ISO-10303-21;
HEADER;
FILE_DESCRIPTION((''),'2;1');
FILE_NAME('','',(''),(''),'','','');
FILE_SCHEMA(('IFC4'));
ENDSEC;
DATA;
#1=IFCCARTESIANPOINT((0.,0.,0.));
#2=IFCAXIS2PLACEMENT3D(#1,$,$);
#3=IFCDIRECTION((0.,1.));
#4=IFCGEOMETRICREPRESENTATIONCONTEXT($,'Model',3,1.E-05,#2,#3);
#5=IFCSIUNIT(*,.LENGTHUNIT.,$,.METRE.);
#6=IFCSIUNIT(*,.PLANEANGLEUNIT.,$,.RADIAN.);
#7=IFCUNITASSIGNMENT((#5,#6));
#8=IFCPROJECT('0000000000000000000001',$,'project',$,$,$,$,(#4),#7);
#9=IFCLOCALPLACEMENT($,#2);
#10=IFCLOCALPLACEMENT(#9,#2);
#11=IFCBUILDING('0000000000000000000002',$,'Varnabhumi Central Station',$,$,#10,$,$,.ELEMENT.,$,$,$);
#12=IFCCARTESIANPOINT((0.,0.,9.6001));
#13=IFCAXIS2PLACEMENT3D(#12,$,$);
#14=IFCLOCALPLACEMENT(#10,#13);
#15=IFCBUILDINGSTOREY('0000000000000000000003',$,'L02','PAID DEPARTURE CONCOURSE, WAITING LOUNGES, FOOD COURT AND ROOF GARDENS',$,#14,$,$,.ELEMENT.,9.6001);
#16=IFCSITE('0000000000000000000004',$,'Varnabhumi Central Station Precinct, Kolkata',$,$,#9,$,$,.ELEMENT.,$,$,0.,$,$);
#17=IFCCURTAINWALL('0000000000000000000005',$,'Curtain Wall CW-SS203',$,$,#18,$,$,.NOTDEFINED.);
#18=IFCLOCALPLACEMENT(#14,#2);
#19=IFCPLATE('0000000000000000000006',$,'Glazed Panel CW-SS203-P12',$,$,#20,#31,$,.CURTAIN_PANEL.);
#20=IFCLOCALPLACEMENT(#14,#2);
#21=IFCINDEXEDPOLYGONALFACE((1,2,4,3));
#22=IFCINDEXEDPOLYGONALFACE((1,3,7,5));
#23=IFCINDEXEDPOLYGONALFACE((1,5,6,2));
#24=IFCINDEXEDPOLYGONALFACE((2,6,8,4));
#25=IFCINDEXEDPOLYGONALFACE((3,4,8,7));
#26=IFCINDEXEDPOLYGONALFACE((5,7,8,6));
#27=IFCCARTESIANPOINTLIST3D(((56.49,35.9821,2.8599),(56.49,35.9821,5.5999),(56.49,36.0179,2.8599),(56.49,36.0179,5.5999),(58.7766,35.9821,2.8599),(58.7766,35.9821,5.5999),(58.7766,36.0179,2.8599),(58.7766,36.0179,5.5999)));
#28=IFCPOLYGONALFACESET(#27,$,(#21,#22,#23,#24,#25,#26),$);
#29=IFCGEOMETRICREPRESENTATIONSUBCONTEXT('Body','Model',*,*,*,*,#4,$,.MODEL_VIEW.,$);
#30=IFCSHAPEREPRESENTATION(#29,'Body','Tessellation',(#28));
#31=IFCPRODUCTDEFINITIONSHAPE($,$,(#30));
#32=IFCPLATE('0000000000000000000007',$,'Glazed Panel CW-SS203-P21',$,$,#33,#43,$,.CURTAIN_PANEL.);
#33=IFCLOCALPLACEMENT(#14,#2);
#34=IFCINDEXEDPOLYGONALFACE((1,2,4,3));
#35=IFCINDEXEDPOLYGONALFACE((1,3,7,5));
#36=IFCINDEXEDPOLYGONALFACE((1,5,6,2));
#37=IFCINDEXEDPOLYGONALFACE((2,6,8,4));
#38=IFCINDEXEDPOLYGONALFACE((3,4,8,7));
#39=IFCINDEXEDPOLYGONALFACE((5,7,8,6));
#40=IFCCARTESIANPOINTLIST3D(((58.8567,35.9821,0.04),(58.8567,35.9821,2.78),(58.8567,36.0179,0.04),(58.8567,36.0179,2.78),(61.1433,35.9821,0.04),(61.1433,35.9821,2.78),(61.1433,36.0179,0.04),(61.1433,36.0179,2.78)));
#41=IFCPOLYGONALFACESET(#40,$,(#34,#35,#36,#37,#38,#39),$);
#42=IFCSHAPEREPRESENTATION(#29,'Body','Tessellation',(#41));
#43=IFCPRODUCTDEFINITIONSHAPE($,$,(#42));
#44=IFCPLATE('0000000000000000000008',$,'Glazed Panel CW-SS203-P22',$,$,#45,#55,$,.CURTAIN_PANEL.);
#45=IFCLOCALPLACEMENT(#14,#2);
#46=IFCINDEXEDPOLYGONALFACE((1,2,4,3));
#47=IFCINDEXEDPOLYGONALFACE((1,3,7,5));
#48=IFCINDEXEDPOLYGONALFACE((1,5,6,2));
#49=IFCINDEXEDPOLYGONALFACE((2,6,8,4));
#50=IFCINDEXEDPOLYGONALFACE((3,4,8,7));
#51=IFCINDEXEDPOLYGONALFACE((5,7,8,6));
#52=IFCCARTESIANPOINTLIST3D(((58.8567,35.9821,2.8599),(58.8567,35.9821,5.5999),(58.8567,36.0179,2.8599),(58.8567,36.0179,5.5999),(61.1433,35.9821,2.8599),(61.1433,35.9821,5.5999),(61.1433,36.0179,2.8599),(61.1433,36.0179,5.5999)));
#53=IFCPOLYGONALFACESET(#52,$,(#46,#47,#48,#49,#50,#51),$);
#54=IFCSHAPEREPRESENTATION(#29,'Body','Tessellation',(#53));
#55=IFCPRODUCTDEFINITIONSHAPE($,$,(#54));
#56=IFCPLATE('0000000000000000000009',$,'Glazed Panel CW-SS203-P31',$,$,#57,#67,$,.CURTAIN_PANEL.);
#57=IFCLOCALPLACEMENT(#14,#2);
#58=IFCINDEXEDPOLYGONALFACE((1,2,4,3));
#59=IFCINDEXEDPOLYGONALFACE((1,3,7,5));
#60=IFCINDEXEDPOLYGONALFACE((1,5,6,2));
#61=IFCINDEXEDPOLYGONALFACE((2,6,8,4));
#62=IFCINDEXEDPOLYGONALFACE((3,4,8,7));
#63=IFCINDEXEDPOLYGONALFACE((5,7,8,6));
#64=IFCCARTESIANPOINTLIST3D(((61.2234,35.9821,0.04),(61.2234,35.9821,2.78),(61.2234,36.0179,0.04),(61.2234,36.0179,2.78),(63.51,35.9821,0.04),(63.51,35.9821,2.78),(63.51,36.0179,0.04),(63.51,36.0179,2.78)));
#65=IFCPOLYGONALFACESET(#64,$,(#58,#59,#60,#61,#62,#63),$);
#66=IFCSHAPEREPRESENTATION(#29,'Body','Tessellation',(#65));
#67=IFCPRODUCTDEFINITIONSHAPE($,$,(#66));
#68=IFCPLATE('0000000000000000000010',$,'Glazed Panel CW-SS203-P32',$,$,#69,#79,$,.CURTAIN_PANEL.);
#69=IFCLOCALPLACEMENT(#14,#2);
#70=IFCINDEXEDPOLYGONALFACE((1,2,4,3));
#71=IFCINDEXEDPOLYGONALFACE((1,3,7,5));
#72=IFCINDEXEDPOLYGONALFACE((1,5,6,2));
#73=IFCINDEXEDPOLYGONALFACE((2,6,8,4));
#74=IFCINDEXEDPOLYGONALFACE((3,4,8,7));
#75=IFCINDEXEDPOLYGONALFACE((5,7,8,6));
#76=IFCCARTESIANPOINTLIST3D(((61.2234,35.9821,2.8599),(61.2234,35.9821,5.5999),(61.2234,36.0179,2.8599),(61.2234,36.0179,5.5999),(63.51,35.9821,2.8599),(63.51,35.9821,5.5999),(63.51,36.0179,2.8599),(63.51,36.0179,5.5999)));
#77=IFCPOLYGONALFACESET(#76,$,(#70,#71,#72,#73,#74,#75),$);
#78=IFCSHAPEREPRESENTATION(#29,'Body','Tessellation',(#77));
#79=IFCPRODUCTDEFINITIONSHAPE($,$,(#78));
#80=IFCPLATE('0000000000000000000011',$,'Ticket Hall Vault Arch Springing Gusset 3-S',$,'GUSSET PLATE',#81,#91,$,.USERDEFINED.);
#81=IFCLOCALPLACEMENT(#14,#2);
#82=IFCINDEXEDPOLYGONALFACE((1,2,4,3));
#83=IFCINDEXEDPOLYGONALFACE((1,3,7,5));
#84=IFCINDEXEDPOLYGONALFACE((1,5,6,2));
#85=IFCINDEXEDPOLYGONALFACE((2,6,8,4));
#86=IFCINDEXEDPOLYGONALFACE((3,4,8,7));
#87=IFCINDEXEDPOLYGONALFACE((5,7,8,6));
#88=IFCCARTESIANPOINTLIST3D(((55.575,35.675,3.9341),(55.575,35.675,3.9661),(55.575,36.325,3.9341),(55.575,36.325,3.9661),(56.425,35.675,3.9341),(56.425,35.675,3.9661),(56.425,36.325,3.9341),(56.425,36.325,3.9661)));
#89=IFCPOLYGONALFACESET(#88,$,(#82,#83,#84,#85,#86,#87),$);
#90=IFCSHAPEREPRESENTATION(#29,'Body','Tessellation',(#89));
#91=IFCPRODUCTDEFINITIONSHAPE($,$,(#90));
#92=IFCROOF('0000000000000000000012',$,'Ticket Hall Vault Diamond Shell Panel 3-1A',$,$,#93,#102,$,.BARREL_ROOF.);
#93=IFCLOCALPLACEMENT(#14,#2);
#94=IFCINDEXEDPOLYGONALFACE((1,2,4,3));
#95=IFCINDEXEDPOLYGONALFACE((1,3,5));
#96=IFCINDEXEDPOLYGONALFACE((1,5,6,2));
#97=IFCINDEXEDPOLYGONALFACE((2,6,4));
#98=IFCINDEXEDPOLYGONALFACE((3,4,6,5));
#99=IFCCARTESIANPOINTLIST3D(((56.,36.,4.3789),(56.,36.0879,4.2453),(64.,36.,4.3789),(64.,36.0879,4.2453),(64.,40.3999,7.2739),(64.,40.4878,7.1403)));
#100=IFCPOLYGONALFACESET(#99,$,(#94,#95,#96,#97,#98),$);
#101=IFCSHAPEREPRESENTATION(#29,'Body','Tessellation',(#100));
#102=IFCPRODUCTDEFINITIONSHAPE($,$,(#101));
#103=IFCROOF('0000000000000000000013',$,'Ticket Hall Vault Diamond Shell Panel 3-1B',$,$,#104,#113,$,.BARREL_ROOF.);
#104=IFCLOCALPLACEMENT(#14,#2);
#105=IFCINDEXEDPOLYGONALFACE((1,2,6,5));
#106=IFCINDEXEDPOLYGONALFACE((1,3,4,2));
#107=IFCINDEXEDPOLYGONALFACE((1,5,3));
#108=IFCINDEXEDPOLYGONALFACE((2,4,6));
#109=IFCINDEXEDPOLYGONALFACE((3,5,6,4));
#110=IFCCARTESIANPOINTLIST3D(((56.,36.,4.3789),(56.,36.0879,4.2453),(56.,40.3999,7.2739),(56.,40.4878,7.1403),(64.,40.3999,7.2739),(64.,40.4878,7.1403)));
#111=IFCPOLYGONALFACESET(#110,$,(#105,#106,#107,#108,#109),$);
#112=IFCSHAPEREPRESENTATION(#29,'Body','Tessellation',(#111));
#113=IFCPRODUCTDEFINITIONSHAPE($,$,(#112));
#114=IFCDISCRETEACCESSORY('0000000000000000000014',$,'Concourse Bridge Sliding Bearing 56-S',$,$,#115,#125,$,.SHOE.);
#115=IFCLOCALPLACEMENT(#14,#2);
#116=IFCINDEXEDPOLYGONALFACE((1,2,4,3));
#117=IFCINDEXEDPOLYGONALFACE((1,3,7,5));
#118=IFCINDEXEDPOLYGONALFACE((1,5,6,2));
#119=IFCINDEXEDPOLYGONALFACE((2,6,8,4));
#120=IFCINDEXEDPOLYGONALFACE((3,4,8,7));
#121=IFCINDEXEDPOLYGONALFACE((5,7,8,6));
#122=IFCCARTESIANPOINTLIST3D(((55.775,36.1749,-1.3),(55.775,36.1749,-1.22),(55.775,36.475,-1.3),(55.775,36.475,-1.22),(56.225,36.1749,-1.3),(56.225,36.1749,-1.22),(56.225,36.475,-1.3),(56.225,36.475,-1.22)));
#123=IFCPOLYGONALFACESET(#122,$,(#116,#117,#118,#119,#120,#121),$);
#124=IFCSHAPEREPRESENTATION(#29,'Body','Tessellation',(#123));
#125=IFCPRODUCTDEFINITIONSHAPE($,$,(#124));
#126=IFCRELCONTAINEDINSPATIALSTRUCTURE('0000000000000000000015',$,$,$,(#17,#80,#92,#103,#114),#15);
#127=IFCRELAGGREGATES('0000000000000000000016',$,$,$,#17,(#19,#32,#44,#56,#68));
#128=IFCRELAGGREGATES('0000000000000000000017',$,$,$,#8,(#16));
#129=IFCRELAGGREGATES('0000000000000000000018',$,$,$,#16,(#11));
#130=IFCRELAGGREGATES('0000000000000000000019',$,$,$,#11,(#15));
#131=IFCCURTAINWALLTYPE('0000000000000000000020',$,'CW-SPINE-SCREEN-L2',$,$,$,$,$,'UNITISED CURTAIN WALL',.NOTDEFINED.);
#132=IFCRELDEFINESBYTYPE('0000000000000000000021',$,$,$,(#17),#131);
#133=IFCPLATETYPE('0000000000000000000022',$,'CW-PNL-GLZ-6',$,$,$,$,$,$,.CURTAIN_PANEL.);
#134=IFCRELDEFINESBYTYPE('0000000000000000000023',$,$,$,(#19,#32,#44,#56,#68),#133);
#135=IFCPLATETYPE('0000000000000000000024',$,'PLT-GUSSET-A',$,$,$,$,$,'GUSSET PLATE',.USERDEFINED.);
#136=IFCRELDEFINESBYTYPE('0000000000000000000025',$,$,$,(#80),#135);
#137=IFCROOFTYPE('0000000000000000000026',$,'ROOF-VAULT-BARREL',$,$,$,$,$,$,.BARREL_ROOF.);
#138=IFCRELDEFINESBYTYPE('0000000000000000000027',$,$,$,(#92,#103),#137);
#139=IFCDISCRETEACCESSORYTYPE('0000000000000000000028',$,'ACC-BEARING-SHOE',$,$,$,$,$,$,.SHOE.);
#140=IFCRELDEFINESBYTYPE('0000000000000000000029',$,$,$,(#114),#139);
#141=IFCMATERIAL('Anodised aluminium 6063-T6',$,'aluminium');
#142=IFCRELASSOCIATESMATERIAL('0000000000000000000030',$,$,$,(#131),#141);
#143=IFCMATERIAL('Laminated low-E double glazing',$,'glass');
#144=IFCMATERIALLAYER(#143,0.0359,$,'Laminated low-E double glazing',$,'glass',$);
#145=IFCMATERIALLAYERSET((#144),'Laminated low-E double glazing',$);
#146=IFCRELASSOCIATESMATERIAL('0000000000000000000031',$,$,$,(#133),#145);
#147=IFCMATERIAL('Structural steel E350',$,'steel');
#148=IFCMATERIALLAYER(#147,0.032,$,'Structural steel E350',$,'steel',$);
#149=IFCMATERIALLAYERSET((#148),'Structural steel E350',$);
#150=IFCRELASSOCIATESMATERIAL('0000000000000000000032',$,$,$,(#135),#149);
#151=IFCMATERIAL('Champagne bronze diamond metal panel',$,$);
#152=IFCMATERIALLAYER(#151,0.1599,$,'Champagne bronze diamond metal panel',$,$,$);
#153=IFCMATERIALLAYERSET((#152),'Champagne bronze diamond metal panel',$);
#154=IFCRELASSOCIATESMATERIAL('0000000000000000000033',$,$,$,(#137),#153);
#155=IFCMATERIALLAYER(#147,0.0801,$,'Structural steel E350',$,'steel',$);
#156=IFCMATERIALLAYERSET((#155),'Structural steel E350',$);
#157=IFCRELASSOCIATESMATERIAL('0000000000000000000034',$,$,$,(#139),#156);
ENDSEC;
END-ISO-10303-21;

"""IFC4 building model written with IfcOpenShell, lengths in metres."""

from ifc_helpers import new_model, si_unit, direction, frame, origin, origin_2d, place, context, subcontext, project, spatial, polyline, rectangle, outline, extrude, material, layer, layer_set, type_object, element, aggregate, save


model = new_model("IFC4")

# Units and contexts
model_context = context("Model", 3, precision=1e-05, world=origin(), true_north=direction((0.0, 1.0)))
body_context = subcontext(model_context, "Body", "Model", "MODEL_VIEW")
ifc_project = project(units=[si_unit("LENGTHUNIT", "METRE"), si_unit("PLANEANGLEUNIT", "RADIAN")], contexts=[model_context])

# Site, building, storey
site_placement = place(None, origin())
site = spatial("IfcSite", under=ifc_project, at=site_placement, Name="Varnabhumi Central Station Precinct, Kolkata", CompositionType="ELEMENT", RefElevation=0.0)
building_placement = place(site_placement, origin())
building = spatial("IfcBuilding", under=site, at=building_placement, Name="Varnabhumi Central Station", CompositionType="ELEMENT")
storey_placement = place(building_placement, frame((0.0, 0.0, 9.6001)))
storey = spatial("IfcBuildingStorey", under=building, at=storey_placement, Name="L02", Description="PAID DEPARTURE CONCOURSE, WAITING LOUNGES, FOOD COURT AND ROOF GARDENS", CompositionType="ELEMENT", Elevation=9.6001)

# Curtain wall
ifc_material_1 = material(Name="Anodised aluminium 6063-T6", Category="aluminium")
curtain_wall_type = type_object("IfcCurtainWallType", Name="CW-SPINE-SCREEN-L2", ElementType="UNITISED CURTAIN WALL", PredefinedType="NOTDEFINED", material=ifc_material_1)
curtain_wall_placement = place(storey_placement, origin())
curtain_wall = element("IfcCurtainWall", 1, at=curtain_wall_placement, inside=storey, type_object=curtain_wall_type, Name="Curtain Wall CW-SS203", PredefinedType="NOTDEFINED")

# Plates
ifc_material_2 = material(Name="Laminated low-E double glazing", Category="glass")
ifc_layer_1 = layer(ifc_material_2, 0.0359, Name="Laminated low-E double glazing", Category="glass")
ifc_layer_set_1 = layer_set([ifc_layer_1], Name="Laminated low-E double glazing")
plate_type_1 = type_object("IfcPlateType", Name="CW-PNL-GLZ-6", PredefinedType="CURTAIN_PANEL", material=ifc_layer_set_1)
plate_1_placement = place(storey_placement, frame((57.6333, 36.0, 2.8599), z_axis=(0.0, 0.0, 1.0), x_axis=(1.0, 0.0, 0.0)))
plate_1 = element("IfcPlate", 2, at=plate_1_placement, type_object=plate_type_1, Name="Glazed Panel CW-SS203-P12", PredefinedType="CURTAIN_PANEL", context=body_context, shape_type="SweptSolid", body=[
    extrude(rectangle(XDim=2.2866, YDim=0.0359, at=origin_2d()), origin(), (0.0, 0.0, 1.0), 2.74),
])
plate_2_placement = place(storey_placement, frame((60.0, 36.0, 0.04), z_axis=(0.0, 0.0, 1.0), x_axis=(1.0, 0.0, 0.0)))
plate_2 = element("IfcPlate", 3, at=plate_2_placement, type_object=plate_type_1, Name="Glazed Panel CW-SS203-P21", PredefinedType="CURTAIN_PANEL", context=body_context, shape_type="SweptSolid", body=[
    extrude(rectangle(XDim=2.2866, YDim=0.0359, at=origin_2d()), origin(), (0.0, 0.0, 1.0), 2.74),
])
plate_3_placement = place(storey_placement, frame((60.0, 36.0, 2.8599), z_axis=(0.0, 0.0, 1.0), x_axis=(1.0, 0.0, 0.0)))
plate_3 = element("IfcPlate", 4, at=plate_3_placement, type_object=plate_type_1, Name="Glazed Panel CW-SS203-P22", PredefinedType="CURTAIN_PANEL", context=body_context, shape_type="SweptSolid", body=[
    extrude(rectangle(XDim=2.2866, YDim=0.0359, at=origin_2d()), origin(), (0.0, 0.0, 1.0), 2.74),
])
plate_4_placement = place(storey_placement, frame((62.3667, 36.0, 0.04), z_axis=(0.0, 0.0, 1.0), x_axis=(1.0, 0.0, 0.0)))
plate_4 = element("IfcPlate", 5, at=plate_4_placement, type_object=plate_type_1, Name="Glazed Panel CW-SS203-P31", PredefinedType="CURTAIN_PANEL", context=body_context, shape_type="SweptSolid", body=[
    extrude(rectangle(XDim=2.2866, YDim=0.0359, at=origin_2d()), origin(), (0.0, 0.0, 1.0), 2.74),
])
plate_5_placement = place(storey_placement, frame((62.3667, 36.0, 2.8599), z_axis=(0.0, 0.0, 1.0), x_axis=(1.0, 0.0, 0.0)))
plate_5 = element("IfcPlate", 6, at=plate_5_placement, type_object=plate_type_1, Name="Glazed Panel CW-SS203-P32", PredefinedType="CURTAIN_PANEL", context=body_context, shape_type="SweptSolid", body=[
    extrude(rectangle(XDim=2.2866, YDim=0.0359, at=origin_2d()), origin(), (0.0, 0.0, 1.0), 2.74),
])
aggregate(curtain_wall, [plate_1, plate_2, plate_3, plate_4, plate_5])
ifc_material_3 = material(Name="Structural steel E350", Category="steel")
ifc_layer_2 = layer(ifc_material_3, 0.032, Name="Structural steel E350", Category="steel")
ifc_layer_set_2 = layer_set([ifc_layer_2], Name="Structural steel E350")
plate_type_2 = type_object("IfcPlateType", Name="PLT-GUSSET-A", ElementType="GUSSET PLATE", PredefinedType="USERDEFINED", material=ifc_layer_set_2)
plate_6_placement = place(storey_placement, frame((56.0, 36.0, 3.9341), z_axis=(0.0, 0.0, 1.0), x_axis=(1.0, 0.0, 0.0)))
element("IfcPlate", 7, at=plate_6_placement, inside=storey, type_object=plate_type_2, Name="Ticket Hall Vault Arch Springing Gusset 3-S", ObjectType="GUSSET PLATE", PredefinedType="USERDEFINED", context=body_context, shape_type="SweptSolid", body=[
    extrude(rectangle(XDim=0.8501, YDim=0.6499, at=origin_2d()), origin(), (0.0, 0.0, 1.0), 0.032),
])

# Roofs
ifc_material_4 = material(Name="Champagne bronze diamond metal panel")
ifc_layer_3 = layer(ifc_material_4, 0.1599, Name="Champagne bronze diamond metal panel")
ifc_layer_set_3 = layer_set([ifc_layer_3], Name="Champagne bronze diamond metal panel")
roof_type = type_object("IfcRoofType", Name="ROOF-VAULT-BARREL", PredefinedType="BARREL_ROOF", material=ifc_layer_set_3)
roof_1_placement = place(storey_placement, frame((56.0, 36.0, 4.3789), z_axis=(0.0, -0.549662, 0.835387), x_axis=(1.0, 0.0, 0.0)))
element("IfcRoof", 8, at=roof_1_placement, inside=storey, type_object=roof_type, Name="Ticket Hall Vault Diamond Shell Panel 3-1A", PredefinedType="BARREL_ROOF", context=body_context, shape_type="SweptSolid", body=[
    extrude(outline(polyline([(0.0, 0.0), (8.0, 0.0), (8.0, 5.2669), (0.0, 0.0)])), origin(), (0.0, 0.0, -1.0), 0.1599),
])
roof_2_placement = place(storey_placement, frame((56.0, 36.0, 4.3789), z_axis=(0.0, -0.549662, 0.835387), x_axis=(0.835237, 0.45937, 0.302254)))
element("IfcRoof", 9, at=roof_2_placement, inside=storey, type_object=roof_type, Name="Ticket Hall Vault Diamond Shell Panel 3-1B", PredefinedType="BARREL_ROOF", context=body_context, shape_type="SweptSolid", body=[
    extrude(outline(polyline([(0.0, 0.0), (9.5781, 0.0), (2.8962, 4.3991), (0.0, 0.0)])), origin(), (0.0, 0.0, -1.0), 0.1599),
])

# Discrete accessory
ifc_layer_4 = layer(ifc_material_3, 0.0801, Name="Structural steel E350", Category="steel")
ifc_layer_set_4 = layer_set([ifc_layer_4], Name="Structural steel E350")
discrete_accessory_type = type_object("IfcDiscreteAccessoryType", Name="ACC-BEARING-SHOE", PredefinedType="SHOE", material=ifc_layer_set_4)
discrete_accessory_placement = place(storey_placement, frame((56.0, 36.325, -1.3), z_axis=(0.0, 0.0, 1.0), x_axis=(1.0, 0.0, 0.0)))
element("IfcDiscreteAccessory", 10, at=discrete_accessory_placement, inside=storey, type_object=discrete_accessory_type, Name="Concourse Bridge Sliding Bearing 56-S", PredefinedType="SHOE", context=body_context, shape_type="SweptSolid", body=[
    extrude(rectangle(XDim=0.45, YDim=0.3, at=origin_2d()), origin(), (0.0, 0.0, 1.0), 0.0801),
])

save(model, "model.ifc")
